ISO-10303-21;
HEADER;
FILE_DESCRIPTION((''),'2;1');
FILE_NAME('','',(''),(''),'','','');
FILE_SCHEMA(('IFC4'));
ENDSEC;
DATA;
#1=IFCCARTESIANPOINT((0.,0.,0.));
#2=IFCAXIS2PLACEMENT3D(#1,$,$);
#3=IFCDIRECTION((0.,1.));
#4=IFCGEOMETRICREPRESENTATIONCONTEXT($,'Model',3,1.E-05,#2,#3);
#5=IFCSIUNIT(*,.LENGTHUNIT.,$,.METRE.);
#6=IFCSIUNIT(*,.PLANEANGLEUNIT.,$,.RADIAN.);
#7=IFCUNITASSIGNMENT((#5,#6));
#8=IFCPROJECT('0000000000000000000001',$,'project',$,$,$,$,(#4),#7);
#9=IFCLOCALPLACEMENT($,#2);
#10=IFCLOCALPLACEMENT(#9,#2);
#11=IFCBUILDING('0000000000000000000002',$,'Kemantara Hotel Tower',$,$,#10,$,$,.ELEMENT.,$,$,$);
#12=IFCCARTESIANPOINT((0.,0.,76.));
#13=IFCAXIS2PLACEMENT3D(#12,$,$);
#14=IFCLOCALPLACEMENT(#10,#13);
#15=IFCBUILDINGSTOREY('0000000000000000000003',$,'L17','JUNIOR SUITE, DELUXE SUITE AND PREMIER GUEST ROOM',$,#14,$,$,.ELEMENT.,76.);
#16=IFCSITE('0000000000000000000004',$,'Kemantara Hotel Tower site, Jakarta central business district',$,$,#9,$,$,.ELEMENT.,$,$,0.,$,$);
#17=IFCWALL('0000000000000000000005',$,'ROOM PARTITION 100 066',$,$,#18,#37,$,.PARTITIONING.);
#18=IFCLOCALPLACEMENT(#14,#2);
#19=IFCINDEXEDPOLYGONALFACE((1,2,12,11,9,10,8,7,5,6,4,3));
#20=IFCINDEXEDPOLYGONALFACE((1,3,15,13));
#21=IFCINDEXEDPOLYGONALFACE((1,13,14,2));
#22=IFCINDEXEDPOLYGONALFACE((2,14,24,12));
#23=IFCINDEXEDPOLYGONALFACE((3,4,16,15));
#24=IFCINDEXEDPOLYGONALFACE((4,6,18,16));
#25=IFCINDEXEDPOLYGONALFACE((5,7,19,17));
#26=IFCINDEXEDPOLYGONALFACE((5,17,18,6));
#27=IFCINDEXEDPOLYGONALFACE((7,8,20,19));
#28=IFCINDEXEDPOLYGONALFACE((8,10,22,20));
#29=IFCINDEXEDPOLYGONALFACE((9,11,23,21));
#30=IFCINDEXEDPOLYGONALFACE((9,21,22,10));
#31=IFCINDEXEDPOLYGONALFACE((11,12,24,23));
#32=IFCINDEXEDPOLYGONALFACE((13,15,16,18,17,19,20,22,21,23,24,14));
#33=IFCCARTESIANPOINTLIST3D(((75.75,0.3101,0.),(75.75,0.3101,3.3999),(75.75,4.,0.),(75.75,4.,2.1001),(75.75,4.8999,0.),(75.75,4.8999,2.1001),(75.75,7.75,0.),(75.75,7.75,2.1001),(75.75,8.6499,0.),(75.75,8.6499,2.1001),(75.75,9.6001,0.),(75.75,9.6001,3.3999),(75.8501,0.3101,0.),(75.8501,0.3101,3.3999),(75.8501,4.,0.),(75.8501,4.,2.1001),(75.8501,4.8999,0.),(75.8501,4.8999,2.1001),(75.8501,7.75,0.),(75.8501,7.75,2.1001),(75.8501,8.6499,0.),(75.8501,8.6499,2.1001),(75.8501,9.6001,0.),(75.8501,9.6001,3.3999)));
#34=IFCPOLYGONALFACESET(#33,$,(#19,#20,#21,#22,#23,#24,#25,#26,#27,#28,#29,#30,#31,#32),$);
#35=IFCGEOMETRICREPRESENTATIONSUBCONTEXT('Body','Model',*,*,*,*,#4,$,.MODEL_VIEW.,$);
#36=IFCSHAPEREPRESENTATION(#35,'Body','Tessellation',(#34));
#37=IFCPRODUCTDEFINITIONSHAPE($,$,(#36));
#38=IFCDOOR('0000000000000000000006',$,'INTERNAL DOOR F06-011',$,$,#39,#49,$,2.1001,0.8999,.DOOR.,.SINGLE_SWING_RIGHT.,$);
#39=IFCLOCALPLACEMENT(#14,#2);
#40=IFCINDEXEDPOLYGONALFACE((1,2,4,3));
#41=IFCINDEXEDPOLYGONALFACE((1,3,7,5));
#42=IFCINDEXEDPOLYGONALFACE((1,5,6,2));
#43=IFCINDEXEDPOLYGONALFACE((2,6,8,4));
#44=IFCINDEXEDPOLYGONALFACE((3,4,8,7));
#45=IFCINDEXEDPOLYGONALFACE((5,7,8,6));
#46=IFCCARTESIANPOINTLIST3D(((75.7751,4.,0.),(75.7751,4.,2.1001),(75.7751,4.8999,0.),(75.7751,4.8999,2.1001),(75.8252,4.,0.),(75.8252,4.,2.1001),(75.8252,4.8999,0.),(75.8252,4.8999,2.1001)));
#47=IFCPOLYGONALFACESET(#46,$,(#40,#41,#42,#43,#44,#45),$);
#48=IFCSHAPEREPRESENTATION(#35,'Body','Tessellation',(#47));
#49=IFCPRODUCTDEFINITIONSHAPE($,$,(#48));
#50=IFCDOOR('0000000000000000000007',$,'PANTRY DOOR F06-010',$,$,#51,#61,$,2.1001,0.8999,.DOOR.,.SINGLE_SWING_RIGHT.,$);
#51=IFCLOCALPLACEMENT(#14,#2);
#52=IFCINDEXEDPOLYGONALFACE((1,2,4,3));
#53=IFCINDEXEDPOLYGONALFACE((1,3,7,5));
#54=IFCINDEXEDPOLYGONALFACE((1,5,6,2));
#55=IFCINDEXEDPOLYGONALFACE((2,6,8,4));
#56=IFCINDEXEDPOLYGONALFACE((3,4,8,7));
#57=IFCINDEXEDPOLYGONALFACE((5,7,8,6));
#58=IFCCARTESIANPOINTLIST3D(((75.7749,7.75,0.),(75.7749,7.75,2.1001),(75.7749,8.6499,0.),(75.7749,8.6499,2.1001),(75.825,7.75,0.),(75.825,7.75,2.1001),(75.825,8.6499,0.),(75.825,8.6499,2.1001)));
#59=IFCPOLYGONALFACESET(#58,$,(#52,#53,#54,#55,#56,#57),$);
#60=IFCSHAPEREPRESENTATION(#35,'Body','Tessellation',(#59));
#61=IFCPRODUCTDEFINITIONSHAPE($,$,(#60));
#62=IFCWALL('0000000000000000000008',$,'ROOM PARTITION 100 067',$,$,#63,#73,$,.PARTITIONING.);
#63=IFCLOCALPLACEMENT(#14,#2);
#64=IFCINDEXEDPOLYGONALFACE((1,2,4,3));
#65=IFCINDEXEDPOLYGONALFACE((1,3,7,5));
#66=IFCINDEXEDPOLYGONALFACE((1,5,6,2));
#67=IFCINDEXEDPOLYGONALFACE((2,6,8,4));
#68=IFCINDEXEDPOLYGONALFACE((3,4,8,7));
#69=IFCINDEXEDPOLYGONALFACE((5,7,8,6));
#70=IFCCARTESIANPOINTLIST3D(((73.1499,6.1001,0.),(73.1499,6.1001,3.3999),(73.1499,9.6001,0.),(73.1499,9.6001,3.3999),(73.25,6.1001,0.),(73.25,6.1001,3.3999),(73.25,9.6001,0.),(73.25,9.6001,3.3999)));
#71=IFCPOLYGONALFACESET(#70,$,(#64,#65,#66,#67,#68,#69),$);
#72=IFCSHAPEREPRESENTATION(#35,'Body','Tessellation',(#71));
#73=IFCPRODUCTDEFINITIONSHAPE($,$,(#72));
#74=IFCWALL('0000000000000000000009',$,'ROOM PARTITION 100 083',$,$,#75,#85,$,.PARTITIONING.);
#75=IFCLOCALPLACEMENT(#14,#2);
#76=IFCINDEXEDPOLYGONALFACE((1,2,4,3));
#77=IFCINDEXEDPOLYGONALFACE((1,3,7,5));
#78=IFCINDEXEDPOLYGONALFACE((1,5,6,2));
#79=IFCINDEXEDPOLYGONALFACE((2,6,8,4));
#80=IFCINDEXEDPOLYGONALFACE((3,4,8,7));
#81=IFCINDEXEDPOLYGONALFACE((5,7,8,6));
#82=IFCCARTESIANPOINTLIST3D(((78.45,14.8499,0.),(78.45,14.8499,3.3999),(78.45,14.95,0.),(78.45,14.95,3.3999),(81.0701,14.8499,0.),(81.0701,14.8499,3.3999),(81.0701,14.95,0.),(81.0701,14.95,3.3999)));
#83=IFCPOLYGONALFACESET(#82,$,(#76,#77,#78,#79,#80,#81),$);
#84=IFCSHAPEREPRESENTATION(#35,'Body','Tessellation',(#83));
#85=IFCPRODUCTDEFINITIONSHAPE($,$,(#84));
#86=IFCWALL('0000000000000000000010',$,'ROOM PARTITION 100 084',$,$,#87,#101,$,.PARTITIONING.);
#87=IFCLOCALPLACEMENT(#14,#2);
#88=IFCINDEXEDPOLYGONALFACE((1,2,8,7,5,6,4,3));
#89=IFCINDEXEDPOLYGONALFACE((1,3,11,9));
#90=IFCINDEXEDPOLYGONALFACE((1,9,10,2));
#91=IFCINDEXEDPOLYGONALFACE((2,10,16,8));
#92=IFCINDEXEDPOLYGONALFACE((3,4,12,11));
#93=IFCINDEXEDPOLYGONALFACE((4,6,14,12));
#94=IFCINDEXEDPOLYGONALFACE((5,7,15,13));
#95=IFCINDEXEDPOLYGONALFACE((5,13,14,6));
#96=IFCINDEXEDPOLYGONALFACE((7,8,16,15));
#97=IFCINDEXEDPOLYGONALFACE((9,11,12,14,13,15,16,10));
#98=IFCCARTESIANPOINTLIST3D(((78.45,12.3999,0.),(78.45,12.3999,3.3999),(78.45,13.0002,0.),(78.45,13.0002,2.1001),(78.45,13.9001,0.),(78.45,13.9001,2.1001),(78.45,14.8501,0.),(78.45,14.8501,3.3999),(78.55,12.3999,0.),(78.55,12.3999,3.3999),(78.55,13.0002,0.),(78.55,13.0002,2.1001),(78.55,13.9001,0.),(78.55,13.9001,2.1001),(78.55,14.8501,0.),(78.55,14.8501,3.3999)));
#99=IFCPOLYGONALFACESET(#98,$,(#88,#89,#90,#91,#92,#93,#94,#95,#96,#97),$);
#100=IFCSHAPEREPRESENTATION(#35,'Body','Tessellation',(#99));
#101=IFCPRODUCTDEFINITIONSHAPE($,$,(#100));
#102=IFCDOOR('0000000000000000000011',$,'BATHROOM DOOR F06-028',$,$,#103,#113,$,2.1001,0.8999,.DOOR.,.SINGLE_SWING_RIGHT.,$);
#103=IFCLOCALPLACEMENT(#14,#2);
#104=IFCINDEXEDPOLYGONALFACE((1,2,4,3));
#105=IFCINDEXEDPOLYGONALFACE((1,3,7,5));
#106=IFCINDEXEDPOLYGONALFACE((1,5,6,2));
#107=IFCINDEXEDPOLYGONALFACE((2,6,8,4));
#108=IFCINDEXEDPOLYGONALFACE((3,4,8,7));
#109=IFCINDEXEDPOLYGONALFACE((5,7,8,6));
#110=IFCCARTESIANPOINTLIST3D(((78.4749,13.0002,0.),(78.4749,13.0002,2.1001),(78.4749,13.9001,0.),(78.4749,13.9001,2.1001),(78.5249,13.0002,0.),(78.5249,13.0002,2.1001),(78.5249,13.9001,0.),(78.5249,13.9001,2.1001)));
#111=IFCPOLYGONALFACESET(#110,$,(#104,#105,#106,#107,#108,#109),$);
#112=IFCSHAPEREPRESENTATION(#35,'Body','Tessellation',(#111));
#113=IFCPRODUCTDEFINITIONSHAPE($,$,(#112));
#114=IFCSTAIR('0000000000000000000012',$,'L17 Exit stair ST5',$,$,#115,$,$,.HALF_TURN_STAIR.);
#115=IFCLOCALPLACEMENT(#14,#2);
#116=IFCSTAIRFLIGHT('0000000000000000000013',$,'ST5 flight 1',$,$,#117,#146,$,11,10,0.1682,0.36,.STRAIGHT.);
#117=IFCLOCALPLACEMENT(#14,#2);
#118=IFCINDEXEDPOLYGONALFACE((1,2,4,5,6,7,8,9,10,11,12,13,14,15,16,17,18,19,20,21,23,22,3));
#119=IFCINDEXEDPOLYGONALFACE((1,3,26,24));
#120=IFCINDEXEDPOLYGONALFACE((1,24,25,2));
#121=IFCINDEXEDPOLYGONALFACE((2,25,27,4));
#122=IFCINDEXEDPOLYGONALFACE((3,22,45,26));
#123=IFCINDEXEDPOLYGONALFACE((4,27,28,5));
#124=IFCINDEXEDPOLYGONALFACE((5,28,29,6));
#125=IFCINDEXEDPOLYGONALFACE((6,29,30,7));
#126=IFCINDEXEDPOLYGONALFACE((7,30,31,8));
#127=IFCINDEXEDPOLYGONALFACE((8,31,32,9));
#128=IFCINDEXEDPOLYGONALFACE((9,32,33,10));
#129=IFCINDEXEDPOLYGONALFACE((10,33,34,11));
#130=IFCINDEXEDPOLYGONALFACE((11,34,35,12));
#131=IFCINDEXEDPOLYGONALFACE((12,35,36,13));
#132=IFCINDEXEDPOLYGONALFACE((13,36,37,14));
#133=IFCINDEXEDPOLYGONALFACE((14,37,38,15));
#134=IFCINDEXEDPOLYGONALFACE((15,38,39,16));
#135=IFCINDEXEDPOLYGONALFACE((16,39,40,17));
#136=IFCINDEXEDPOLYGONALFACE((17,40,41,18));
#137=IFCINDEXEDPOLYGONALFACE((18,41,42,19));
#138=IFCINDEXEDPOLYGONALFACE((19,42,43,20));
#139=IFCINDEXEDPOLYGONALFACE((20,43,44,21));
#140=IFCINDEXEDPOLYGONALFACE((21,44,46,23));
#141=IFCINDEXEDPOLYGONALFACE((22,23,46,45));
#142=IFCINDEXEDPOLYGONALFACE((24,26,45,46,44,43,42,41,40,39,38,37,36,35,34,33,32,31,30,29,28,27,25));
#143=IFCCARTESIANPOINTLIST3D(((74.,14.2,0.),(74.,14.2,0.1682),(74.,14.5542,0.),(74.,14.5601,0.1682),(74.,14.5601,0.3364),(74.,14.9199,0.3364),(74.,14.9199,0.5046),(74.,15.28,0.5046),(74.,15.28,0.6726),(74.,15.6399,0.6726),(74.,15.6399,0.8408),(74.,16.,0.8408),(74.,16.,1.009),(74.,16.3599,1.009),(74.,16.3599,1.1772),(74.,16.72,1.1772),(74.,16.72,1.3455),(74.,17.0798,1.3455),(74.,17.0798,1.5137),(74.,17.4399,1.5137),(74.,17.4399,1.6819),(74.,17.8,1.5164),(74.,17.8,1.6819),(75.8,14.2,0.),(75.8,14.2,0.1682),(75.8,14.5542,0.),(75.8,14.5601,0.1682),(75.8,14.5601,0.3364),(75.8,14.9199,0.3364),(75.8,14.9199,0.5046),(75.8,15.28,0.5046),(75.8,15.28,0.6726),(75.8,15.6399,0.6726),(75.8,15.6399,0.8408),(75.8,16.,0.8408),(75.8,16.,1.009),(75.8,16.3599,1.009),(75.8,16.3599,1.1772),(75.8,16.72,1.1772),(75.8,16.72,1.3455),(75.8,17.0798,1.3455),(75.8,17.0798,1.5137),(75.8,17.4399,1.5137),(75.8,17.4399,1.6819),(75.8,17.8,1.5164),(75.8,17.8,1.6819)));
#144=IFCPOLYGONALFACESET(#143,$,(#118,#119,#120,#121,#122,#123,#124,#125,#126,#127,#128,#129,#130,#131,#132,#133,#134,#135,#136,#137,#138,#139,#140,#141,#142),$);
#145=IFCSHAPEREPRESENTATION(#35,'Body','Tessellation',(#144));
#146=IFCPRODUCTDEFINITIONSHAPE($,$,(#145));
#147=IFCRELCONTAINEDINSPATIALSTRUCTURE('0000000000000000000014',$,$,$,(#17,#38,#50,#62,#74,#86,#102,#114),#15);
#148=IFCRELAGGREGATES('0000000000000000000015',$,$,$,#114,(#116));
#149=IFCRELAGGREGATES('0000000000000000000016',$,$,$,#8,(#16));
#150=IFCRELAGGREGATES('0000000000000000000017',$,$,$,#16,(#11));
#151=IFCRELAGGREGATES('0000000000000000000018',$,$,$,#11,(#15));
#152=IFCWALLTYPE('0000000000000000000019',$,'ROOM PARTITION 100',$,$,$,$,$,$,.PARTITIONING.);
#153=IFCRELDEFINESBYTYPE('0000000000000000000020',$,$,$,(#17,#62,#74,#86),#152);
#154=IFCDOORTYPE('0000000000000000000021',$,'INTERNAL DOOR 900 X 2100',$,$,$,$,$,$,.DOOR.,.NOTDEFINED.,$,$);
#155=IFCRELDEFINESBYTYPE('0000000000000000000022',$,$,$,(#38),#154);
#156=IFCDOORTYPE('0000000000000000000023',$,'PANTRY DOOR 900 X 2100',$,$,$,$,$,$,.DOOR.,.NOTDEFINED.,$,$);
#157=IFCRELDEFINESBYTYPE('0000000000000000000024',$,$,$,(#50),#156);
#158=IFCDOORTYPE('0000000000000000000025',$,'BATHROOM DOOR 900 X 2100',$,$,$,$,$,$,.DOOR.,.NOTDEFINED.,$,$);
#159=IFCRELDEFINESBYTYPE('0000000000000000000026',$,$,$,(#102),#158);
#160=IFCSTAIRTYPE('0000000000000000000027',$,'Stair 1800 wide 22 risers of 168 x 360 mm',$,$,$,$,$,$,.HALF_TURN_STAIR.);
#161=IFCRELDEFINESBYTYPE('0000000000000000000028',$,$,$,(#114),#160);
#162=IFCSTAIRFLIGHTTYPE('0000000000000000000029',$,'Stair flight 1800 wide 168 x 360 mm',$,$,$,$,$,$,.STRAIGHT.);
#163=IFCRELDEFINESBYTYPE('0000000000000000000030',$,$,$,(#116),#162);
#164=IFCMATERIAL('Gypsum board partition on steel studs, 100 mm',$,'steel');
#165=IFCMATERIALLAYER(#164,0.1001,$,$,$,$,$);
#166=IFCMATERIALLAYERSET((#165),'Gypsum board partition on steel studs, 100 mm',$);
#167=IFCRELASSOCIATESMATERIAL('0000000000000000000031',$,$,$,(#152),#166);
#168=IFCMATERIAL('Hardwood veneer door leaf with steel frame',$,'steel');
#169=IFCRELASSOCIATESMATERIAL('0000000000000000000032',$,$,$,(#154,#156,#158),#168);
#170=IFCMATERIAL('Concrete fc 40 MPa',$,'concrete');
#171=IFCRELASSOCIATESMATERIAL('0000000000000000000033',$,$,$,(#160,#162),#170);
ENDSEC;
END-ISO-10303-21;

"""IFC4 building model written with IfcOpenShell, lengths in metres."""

from ifc_helpers import new_model, si_unit, direction, frame, frame_2d, origin, place, context, subcontext, project, spatial, polyline, rectangle, outline, extrude, material, layer, layer_set, type_object, element, fill, aggregate, save


model = new_model("IFC4")

# Units and contexts
model_context = context("Model", 3, precision=1e-05, world=origin(), true_north=direction((0.0, 1.0)))
body_context = subcontext(model_context, "Body", "Model", "MODEL_VIEW")
ifc_project = project(units=[si_unit("LENGTHUNIT", "METRE"), si_unit("PLANEANGLEUNIT", "RADIAN")], contexts=[model_context])

# Site, building, storey
site_placement = place(None, origin())
site = spatial("IfcSite", under=ifc_project, at=site_placement, Name="Kemantara Hotel Tower site, Jakarta central business district", CompositionType="ELEMENT", RefElevation=0.0)
building_placement = place(site_placement, origin())
building = spatial("IfcBuilding", under=site, at=building_placement, Name="Kemantara Hotel Tower", CompositionType="ELEMENT")
storey_placement = place(building_placement, frame((0.0, 0.0, 76.0)))
storey = spatial("IfcBuildingStorey", under=building, at=storey_placement, Name="L17", Description="JUNIOR SUITE, DELUXE SUITE AND PREMIER GUEST ROOM", CompositionType="ELEMENT", Elevation=76.0)

# Shared definitions
ifc_material_1 = material(Name="Hardwood veneer door leaf with steel frame", Category="steel")
ifc_material_2 = material(Name="Concrete fc 40 MPa", Category="concrete")

# Wall, openings, doors
ifc_material_3 = material(Name="Gypsum board partition on steel studs, 100 mm", Category="steel")
ifc_layer_1 = layer(ifc_material_3, 0.1001)
ifc_layer_set_1 = layer_set([ifc_layer_1], Name="Gypsum board partition on steel studs, 100 mm")
wall_type_1 = type_object("IfcWallType", Name="ROOM PARTITION 100", PredefinedType="PARTITIONING", material=ifc_layer_set_1)
wall_1_placement = place(storey_placement, frame((75.8, 0.3101, 0.0), z_axis=(0.0, 0.0, 1.0), x_axis=(0.0, 1.0, 0.0)))
wall_1 = element("IfcWall", 1, at=wall_1_placement, inside=storey, type_object=wall_type_1, Name="ROOM PARTITION 100 066", PredefinedType="PARTITIONING", context=body_context, shape_type="SweptSolid", body=[
    extrude(rectangle(XDim=9.29, YDim=0.1001, at=frame_2d((4.645, 0.0))), origin(), (0.0, 0.0, 1.0), 3.3999),
])
opening_1_placement = place(wall_1_placement, frame((7.4399, 0.0, 0.0)))
opening_1 = element("IfcOpeningElement", 2, at=opening_1_placement, cuts=wall_1, PredefinedType="OPENING", context=body_context, shape_type="SweptSolid", body=[
    extrude(rectangle(XDim=0.8999, YDim=2.1001, at=frame_2d((0.45, 1.05))), frame((0.0, 0.0601, 0.0), z_axis=(0.0, -1.0, 0.0), x_axis=(1.0, 0.0, 0.0)), (0.0, 0.0, 1.0), 0.1201),
])
opening_2_placement = place(wall_1_placement, frame((3.6899, 0.0, 0.0)))
opening_2 = element("IfcOpeningElement", 3, at=opening_2_placement, cuts=wall_1, PredefinedType="OPENING", context=body_context, shape_type="SweptSolid", body=[
    extrude(rectangle(XDim=0.8999, YDim=2.1001, at=frame_2d((0.45, 1.05))), frame((0.0, 0.0601, 0.0), z_axis=(0.0, -1.0, 0.0), x_axis=(1.0, 0.0, 0.0)), (0.0, 0.0, 1.0), 0.1201),
])
door_type_1 = type_object("IfcDoorType", Name="INTERNAL DOOR 900 X 2100", OperationType="NOTDEFINED", PredefinedType="DOOR", material=ifc_material_1)
door_1_placement = place(opening_2_placement, origin())
door_1 = element("IfcDoor", 4, at=door_1_placement, inside=storey, type_object=door_type_1, Name="INTERNAL DOOR F06-011", OperationType="SINGLE_SWING_RIGHT", OverallHeight=2.1001, OverallWidth=0.8999, PredefinedType="DOOR", context=body_context, shape_type="SweptSolid", body=[
    extrude(rectangle(XDim=0.8999, YDim=2.1001, at=frame_2d((0.45, 1.05))), frame((0.0, 0.0249, 0.0), z_axis=(0.0, -1.0, 0.0), x_axis=(1.0, 0.0, 0.0)), (0.0, 0.0, 1.0), 0.05),
])
fill(opening_2, door_1)
door_type_2 = type_object("IfcDoorType", Name="PANTRY DOOR 900 X 2100", OperationType="NOTDEFINED", PredefinedType="DOOR", material=ifc_material_1)
door_2_placement = place(opening_1_placement, frame((0.8999, 0.0, 0.0), z_axis=(0.0, 0.0, 1.0), x_axis=(-1.0, 0.0, 0.0)))
door_2 = element("IfcDoor", 5, at=door_2_placement, inside=storey, type_object=door_type_2, Name="PANTRY DOOR F06-010", OperationType="SINGLE_SWING_RIGHT", OverallHeight=2.1001, OverallWidth=0.8999, PredefinedType="DOOR", context=body_context, shape_type="SweptSolid", body=[
    extrude(rectangle(XDim=0.8999, YDim=2.1001, at=frame_2d((0.45, 1.05))), frame((0.0, 0.0249, 0.0), z_axis=(0.0, -1.0, 0.0), x_axis=(1.0, 0.0, 0.0)), (0.0, 0.0, 1.0), 0.05),
])
fill(opening_1, door_2)

# Walls
wall_2_placement = place(storey_placement, frame((73.2, 6.1001, 0.0), z_axis=(0.0, 0.0, 1.0), x_axis=(0.0, 1.0, 0.0)))
element("IfcWall", 6, at=wall_2_placement, inside=storey, type_object=wall_type_1, Name="ROOM PARTITION 100 067", PredefinedType="PARTITIONING", context=body_context, shape_type="SweptSolid", body=[
    extrude(rectangle(XDim=3.5, YDim=0.1001, at=frame_2d((1.75, 0.0))), origin(), (0.0, 0.0, 1.0), 3.3999),
])
wall_3_placement = place(storey_placement, frame((78.45, 14.8999, 0.0), z_axis=(0.0, 0.0, 1.0), x_axis=(1.0, 0.0, 0.0)))
element("IfcWall", 7, at=wall_3_placement, inside=storey, type_object=wall_type_1, Name="ROOM PARTITION 100 083", PredefinedType="PARTITIONING", context=body_context, shape_type="SweptSolid", body=[
    extrude(rectangle(XDim=2.6201, YDim=0.1001, at=frame_2d((1.3101, 0.0))), origin(), (0.0, 0.0, 1.0), 3.3999),
])

# Wall, opening, door
wall_4_placement = place(storey_placement, frame((78.5, 14.8501, 0.0), z_axis=(0.0, 0.0, 1.0), x_axis=(0.0, -1.0, 0.0)))
wall_4 = element("IfcWall", 8, at=wall_4_placement, inside=storey, type_object=wall_type_1, Name="ROOM PARTITION 100 084", PredefinedType="PARTITIONING", context=body_context, shape_type="SweptSolid", body=[
    extrude(rectangle(XDim=2.4502, YDim=0.1001, at=frame_2d((1.2251, 0.0))), origin(), (0.0, 0.0, 1.0), 3.3999),
])
opening_3_placement = place(wall_4_placement, frame((0.95, 0.0, 0.0)))
opening_3 = element("IfcOpeningElement", 9, at=opening_3_placement, cuts=wall_4, PredefinedType="OPENING", context=body_context, shape_type="SweptSolid", body=[
    extrude(rectangle(XDim=0.8999, YDim=2.1001, at=frame_2d((0.45, 1.05))), frame((0.0, 0.0601, 0.0), z_axis=(0.0, -1.0, 0.0), x_axis=(1.0, 0.0, 0.0)), (0.0, 0.0, 1.0), 0.1201),
])
door_type_3 = type_object("IfcDoorType", Name="BATHROOM DOOR 900 X 2100", OperationType="NOTDEFINED", PredefinedType="DOOR", material=ifc_material_1)
door_3_placement = place(opening_3_placement, origin())
door_3 = element("IfcDoor", 10, at=door_3_placement, inside=storey, type_object=door_type_3, Name="BATHROOM DOOR F06-028", OperationType="SINGLE_SWING_RIGHT", OverallHeight=2.1001, OverallWidth=0.8999, PredefinedType="DOOR", context=body_context, shape_type="SweptSolid", body=[
    extrude(rectangle(XDim=0.8999, YDim=2.1001, at=frame_2d((0.45, 1.05))), frame((0.0, 0.0249, 0.0), z_axis=(0.0, -1.0, 0.0), x_axis=(1.0, 0.0, 0.0)), (0.0, 0.0, 1.0), 0.05),
])
fill(opening_3, door_3)

# Stair, stair flight
stair_type = type_object("IfcStairType", Name="Stair 1800 wide 22 risers of 168 x 360 mm", PredefinedType="HALF_TURN_STAIR", material=ifc_material_2)
stair_placement = place(storey_placement, origin())
stair = element("IfcStair", 11, at=stair_placement, inside=storey, type_object=stair_type, Name="L17 Exit stair ST5", PredefinedType="HALF_TURN_STAIR")
stair_flight_type = type_object("IfcStairFlightType", Name="Stair flight 1800 wide 168 x 360 mm", PredefinedType="STRAIGHT", material=ifc_material_2)
stair_flight_placement = place(storey_placement, frame((74.8999, 14.2, 0.0), z_axis=(0.0, 0.0, 1.0), x_axis=(0.0, 1.0, 0.0)))
stair_flight = element("IfcStairFlight", 12, at=stair_flight_placement, type_object=stair_flight_type, Name="ST5 flight 1", NumberOfRisers=11, NumberOfTreads=10, PredefinedType="STRAIGHT", RiserHeight=0.1682, TreadLength=0.36, context=body_context, shape_type="SweptSolid", body=[
    extrude(outline(polyline([(0.0, 0.0), (0.0, 0.1682), (0.3601, 0.1682), (0.3601, 0.3364), (0.72, 0.3364), (0.72, 0.5046), (1.0801, 0.5046), (1.0801, 0.6726), (1.4399, 0.6726), (1.4399, 0.8408), (1.8, 0.8408), (1.8, 1.009), (2.1599, 1.009), (2.1599, 1.1772), (2.52, 1.1772), (2.52, 1.3455), (2.8799, 1.3455), (2.8799, 1.5137), (3.24, 1.5137), (3.24, 1.6819), (3.6001, 1.6819), (3.6001, 1.8501), (3.6001, 1.5164), (0.3542, 0.0), (0.0, 0.0)])), frame((0.0, 0.8999, 0.0), z_axis=(0.0, -1.0, 0.0), x_axis=(1.0, 0.0, 0.0)), (0.0, 0.0, 1.0), 1.8),
])
aggregate(stair, [stair_flight])

save(model, "model.ifc")
